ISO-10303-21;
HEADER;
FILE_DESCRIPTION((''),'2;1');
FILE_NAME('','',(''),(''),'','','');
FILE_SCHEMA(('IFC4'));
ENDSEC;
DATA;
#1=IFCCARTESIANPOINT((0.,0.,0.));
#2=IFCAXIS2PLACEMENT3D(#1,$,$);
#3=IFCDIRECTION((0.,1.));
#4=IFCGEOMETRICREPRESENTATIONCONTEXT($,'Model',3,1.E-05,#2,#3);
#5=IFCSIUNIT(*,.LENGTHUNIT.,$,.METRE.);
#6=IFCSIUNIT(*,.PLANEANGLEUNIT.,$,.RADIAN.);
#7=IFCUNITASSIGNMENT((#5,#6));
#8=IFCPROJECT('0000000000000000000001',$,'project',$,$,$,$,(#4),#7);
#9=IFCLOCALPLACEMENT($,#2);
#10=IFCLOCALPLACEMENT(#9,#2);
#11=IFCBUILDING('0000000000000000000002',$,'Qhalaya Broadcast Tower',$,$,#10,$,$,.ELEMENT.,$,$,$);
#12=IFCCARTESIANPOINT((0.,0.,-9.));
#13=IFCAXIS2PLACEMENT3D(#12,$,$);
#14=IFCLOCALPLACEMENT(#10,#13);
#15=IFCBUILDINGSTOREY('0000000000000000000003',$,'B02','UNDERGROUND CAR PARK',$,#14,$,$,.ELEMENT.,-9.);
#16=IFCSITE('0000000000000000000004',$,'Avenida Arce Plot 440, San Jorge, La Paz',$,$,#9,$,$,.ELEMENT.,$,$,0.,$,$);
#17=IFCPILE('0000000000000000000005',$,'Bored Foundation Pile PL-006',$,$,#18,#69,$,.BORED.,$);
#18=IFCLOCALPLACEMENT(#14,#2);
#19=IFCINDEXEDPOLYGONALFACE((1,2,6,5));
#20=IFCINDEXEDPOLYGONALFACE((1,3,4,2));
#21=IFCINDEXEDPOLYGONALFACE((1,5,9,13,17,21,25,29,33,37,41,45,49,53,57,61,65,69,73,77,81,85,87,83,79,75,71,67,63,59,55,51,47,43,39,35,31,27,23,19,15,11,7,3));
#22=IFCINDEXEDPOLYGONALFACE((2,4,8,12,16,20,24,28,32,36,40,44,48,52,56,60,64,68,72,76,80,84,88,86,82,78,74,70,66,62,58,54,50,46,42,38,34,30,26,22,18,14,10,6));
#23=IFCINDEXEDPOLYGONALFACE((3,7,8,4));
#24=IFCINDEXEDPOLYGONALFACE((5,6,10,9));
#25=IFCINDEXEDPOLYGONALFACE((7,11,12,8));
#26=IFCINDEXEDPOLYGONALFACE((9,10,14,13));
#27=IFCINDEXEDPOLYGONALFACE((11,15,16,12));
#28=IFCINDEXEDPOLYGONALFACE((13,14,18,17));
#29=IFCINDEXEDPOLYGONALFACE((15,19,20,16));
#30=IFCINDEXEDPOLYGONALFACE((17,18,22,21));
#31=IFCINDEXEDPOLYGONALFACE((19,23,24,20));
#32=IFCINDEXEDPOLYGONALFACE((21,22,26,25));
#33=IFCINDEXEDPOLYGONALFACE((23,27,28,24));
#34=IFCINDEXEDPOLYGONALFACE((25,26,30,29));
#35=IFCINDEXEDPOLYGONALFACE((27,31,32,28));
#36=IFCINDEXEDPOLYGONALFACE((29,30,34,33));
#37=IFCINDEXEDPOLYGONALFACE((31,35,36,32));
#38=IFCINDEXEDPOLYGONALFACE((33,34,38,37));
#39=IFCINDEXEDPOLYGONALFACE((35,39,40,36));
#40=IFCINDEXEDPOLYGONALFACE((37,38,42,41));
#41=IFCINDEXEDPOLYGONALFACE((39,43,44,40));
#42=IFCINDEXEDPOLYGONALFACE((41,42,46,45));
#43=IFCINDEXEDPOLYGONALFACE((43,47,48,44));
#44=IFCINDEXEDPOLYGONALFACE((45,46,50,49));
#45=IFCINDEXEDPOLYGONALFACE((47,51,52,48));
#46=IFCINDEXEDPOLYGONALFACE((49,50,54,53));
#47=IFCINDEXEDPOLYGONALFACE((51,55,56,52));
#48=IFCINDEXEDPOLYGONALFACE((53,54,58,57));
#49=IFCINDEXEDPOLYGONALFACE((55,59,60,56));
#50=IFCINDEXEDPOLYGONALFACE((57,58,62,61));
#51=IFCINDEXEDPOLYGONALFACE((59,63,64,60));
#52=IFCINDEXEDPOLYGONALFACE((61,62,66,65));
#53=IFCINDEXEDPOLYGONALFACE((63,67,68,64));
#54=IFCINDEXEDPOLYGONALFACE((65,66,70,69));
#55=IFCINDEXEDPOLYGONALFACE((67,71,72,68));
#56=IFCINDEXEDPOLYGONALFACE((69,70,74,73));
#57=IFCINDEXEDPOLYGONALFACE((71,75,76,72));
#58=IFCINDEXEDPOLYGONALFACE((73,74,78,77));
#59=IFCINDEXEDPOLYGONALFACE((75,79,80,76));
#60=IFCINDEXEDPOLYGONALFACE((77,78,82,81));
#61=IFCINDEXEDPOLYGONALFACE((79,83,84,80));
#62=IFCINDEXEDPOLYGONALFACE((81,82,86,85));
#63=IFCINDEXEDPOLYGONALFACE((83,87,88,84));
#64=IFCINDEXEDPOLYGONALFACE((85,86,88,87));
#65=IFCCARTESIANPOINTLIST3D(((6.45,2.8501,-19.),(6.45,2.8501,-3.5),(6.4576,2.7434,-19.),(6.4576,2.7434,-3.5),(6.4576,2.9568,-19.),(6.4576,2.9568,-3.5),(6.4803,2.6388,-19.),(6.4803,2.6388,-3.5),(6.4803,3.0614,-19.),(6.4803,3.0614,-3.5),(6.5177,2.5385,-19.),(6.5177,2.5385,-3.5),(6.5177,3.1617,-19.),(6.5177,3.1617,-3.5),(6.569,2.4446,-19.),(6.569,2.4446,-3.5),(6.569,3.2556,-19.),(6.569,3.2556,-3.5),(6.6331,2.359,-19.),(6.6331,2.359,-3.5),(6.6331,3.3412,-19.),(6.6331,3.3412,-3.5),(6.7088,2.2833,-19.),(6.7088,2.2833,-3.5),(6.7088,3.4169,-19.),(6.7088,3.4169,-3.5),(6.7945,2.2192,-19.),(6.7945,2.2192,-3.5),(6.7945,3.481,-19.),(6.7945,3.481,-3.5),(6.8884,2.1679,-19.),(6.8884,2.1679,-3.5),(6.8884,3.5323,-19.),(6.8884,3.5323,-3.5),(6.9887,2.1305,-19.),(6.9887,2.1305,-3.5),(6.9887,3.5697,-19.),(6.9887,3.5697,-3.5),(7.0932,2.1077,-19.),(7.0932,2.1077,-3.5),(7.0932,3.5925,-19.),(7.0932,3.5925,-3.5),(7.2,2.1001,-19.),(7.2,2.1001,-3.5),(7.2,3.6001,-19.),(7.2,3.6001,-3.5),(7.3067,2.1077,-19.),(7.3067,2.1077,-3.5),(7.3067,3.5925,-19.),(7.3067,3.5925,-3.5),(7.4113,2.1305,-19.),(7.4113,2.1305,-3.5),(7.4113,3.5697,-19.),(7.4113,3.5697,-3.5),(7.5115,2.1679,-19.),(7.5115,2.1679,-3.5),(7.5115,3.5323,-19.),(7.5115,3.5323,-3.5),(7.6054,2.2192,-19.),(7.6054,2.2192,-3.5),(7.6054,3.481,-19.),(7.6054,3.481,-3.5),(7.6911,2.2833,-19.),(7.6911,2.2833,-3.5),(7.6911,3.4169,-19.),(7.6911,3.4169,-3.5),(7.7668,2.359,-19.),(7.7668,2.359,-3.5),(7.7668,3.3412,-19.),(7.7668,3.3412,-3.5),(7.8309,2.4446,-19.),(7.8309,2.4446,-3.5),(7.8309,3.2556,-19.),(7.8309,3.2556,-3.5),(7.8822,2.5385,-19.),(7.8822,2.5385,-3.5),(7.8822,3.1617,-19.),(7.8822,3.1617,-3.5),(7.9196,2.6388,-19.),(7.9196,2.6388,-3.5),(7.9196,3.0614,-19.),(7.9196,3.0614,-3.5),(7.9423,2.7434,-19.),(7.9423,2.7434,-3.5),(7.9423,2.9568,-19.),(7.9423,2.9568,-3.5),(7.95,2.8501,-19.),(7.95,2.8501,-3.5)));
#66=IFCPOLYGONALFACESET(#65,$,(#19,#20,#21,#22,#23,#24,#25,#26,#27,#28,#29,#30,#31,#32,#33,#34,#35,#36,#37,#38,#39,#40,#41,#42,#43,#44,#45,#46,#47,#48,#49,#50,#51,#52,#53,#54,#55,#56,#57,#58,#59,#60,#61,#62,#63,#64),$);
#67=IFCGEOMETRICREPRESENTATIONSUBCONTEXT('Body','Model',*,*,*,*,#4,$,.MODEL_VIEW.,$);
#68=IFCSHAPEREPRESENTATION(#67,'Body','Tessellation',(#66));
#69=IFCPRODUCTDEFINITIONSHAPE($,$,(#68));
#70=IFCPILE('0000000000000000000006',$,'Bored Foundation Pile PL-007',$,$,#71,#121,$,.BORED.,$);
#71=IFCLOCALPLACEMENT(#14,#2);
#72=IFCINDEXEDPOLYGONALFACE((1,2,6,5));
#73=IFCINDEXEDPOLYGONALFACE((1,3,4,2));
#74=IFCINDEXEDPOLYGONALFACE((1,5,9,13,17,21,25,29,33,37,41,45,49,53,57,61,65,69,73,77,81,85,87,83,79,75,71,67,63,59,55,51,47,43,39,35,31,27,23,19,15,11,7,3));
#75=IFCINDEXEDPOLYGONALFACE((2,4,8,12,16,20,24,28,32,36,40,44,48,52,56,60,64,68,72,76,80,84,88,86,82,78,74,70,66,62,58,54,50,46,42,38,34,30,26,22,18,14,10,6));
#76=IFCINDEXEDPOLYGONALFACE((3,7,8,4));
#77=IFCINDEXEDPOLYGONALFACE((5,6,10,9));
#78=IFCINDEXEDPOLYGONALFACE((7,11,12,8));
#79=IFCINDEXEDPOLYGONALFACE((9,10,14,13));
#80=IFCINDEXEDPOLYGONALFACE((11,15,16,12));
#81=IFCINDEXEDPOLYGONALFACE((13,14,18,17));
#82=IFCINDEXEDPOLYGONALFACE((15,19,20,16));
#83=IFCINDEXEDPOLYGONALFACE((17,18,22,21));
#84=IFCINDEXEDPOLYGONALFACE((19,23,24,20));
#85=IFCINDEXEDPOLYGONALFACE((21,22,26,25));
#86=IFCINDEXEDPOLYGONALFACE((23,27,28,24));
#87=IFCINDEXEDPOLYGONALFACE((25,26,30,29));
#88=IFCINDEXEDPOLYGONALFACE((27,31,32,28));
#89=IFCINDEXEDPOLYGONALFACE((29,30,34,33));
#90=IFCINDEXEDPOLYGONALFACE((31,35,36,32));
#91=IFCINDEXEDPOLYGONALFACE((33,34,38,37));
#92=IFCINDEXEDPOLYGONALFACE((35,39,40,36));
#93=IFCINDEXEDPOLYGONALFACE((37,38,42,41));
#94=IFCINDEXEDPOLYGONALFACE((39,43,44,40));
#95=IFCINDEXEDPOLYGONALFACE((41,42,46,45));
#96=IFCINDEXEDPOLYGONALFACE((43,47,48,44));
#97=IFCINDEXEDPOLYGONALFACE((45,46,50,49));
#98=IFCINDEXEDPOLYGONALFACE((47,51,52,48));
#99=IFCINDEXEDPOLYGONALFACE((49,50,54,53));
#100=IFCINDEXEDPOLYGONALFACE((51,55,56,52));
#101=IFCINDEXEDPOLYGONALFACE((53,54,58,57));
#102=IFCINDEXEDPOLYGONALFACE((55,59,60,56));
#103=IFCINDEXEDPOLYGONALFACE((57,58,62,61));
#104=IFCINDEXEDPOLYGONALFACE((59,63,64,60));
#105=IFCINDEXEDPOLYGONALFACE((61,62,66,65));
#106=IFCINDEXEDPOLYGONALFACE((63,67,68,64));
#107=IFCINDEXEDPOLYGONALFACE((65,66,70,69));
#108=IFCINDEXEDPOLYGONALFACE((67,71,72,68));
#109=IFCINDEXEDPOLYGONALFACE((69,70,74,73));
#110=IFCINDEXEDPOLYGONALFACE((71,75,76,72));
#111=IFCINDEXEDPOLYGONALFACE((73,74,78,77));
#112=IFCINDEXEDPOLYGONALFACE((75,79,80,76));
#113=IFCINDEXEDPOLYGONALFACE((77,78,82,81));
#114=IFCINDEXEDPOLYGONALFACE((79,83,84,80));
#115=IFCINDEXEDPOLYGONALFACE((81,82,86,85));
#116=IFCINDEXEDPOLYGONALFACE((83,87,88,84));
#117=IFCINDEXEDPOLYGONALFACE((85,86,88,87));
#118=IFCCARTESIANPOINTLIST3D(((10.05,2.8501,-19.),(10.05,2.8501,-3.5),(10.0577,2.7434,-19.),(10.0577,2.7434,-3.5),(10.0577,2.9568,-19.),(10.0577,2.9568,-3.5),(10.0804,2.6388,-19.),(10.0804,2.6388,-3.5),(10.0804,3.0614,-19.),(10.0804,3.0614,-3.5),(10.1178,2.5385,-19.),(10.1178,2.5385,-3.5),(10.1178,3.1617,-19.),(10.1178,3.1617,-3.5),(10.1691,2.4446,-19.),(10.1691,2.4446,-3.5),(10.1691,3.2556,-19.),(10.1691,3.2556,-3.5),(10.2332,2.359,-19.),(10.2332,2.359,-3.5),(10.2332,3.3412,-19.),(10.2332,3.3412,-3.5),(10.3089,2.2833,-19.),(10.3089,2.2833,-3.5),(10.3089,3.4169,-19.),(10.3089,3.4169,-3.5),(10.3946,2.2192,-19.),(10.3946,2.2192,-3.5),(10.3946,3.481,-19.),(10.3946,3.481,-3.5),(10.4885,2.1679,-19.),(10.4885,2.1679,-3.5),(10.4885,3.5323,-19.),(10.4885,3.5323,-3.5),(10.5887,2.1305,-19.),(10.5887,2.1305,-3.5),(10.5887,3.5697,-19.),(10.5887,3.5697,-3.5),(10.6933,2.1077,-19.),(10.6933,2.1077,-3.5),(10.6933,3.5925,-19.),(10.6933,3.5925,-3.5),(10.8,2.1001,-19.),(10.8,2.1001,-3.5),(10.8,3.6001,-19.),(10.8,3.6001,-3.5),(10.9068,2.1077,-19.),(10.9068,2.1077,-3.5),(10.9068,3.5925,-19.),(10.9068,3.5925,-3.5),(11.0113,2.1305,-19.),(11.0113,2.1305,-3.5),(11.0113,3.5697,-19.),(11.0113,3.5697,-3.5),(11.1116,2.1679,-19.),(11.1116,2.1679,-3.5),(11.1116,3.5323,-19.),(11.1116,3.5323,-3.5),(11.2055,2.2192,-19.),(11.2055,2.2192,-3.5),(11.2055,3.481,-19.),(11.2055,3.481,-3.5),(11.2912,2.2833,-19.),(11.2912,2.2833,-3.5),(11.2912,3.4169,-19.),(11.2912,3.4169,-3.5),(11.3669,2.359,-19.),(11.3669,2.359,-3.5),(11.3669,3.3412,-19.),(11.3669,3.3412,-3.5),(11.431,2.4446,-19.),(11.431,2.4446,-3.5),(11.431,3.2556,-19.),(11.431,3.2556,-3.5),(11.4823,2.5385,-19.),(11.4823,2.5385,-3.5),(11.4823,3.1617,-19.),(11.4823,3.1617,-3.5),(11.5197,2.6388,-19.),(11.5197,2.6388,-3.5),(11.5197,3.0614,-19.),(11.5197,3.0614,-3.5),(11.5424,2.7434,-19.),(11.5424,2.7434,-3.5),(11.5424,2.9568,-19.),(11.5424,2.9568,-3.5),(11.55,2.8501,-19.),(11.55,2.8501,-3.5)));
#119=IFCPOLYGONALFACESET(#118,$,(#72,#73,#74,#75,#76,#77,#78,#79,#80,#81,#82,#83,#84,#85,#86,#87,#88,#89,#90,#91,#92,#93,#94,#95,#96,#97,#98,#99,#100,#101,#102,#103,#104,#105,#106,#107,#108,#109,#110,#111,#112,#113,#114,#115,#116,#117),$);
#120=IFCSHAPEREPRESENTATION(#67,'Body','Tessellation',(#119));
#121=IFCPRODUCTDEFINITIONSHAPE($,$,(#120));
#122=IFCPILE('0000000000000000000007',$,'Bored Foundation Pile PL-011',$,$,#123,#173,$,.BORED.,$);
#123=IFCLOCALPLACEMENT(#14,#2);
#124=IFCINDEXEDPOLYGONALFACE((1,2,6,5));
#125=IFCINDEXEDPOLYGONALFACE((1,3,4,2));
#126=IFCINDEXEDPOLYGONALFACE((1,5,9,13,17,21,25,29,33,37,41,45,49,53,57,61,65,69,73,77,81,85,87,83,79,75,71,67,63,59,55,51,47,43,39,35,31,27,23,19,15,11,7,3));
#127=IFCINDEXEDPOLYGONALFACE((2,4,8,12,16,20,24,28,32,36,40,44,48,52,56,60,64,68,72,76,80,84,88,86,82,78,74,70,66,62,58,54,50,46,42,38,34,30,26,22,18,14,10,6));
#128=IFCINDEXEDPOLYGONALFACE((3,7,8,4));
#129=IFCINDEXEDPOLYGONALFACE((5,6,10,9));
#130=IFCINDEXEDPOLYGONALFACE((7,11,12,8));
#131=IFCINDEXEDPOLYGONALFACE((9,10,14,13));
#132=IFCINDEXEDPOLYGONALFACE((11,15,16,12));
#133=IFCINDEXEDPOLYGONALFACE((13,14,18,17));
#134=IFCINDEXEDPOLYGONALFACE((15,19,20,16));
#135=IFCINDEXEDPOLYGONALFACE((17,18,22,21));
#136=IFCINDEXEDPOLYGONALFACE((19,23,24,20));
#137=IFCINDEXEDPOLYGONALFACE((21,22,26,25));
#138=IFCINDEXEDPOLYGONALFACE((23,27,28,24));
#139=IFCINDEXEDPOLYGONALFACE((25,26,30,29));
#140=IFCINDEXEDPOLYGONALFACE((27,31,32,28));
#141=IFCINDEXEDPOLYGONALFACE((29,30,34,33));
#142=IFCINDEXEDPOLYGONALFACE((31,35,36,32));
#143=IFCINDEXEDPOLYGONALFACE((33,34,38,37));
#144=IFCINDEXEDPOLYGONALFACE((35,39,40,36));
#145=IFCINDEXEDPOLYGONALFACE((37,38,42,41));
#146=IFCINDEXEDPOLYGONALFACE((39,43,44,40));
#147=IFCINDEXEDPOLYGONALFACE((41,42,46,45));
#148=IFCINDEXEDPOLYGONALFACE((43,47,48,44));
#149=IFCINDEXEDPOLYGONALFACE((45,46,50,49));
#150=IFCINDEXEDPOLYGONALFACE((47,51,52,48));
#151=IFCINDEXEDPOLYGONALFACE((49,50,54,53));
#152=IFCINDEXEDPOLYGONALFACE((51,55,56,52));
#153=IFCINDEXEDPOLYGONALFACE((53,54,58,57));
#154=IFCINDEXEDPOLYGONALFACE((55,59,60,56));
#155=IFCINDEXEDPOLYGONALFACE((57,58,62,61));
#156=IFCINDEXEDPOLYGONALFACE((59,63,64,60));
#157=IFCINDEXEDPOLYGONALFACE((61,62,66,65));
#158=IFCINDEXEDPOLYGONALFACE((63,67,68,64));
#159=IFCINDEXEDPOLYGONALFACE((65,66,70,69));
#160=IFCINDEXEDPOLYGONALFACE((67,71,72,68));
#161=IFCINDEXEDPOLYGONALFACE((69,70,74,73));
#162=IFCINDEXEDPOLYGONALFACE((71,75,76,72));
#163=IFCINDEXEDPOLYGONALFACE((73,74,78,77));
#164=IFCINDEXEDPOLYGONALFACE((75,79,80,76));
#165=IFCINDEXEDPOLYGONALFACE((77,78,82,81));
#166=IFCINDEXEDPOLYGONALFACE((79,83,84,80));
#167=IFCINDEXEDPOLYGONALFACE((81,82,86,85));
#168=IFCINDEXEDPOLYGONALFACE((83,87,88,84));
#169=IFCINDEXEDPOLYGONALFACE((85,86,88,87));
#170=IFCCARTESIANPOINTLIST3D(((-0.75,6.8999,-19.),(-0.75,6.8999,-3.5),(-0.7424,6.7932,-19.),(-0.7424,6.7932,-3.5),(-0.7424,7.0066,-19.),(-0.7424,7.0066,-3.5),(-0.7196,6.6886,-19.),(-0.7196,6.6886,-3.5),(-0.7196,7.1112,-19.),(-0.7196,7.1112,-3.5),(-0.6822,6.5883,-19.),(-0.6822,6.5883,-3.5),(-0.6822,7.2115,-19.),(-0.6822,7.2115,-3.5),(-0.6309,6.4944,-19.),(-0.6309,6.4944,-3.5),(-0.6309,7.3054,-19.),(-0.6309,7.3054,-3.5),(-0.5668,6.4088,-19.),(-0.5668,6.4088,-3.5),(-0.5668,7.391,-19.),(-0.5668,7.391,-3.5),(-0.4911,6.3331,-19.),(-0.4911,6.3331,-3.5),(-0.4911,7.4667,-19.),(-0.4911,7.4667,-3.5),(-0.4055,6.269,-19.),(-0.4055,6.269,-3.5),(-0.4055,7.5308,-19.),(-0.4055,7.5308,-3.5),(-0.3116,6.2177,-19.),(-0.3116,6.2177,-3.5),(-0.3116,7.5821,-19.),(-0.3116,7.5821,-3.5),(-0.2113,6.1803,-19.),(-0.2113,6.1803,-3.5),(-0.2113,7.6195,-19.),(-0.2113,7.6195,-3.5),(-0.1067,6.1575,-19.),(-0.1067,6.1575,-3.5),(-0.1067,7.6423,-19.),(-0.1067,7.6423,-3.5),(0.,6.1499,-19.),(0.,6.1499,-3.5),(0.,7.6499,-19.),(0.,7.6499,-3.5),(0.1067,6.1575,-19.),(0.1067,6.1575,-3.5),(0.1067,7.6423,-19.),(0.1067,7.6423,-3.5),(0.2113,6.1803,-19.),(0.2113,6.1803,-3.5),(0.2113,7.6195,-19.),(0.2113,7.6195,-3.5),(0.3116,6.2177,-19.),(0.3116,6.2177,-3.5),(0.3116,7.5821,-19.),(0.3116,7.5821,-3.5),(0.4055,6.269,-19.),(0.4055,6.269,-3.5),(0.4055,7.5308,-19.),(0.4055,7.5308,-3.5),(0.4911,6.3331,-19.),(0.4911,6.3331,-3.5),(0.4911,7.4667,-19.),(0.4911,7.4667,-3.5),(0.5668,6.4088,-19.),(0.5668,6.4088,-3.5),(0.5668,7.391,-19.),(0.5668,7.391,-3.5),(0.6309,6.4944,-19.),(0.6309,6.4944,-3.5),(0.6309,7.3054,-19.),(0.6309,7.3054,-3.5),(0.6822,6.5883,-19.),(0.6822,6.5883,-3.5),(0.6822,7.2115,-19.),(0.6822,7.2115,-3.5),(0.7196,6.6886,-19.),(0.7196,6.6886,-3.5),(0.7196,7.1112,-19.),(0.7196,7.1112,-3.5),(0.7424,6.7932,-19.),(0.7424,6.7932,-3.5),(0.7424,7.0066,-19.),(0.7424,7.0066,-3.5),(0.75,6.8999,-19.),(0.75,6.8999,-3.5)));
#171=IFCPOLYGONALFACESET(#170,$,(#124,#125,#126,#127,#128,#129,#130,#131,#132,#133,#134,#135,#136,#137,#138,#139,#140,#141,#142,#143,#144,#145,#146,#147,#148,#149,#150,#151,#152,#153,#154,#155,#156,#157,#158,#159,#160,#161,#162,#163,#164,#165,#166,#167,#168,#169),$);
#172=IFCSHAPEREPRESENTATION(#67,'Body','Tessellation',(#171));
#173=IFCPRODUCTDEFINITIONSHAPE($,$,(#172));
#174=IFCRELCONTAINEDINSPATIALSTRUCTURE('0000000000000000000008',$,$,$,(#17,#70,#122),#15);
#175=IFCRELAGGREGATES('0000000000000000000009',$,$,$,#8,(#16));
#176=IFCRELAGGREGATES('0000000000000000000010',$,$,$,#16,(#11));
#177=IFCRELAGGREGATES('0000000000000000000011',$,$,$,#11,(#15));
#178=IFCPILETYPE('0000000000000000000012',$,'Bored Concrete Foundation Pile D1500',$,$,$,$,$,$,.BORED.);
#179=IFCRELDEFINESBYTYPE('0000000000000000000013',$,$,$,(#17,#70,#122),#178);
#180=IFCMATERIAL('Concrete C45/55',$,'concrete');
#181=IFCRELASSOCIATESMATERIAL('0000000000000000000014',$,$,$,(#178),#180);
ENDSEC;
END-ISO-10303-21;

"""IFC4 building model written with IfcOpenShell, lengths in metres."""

from ifc_helpers import new_model, si_unit, direction, frame, origin, origin_2d, place, context, subcontext, project, spatial, circle, extrude, material, material_profile, profile_set, type_object, element, save


model = new_model("IFC4")

# Units and contexts
model_context = context("Model", 3, precision=1e-05, world=origin(), true_north=direction((0.0, 1.0)))
body_context = subcontext(model_context, "Body", "Model", "MODEL_VIEW")
ifc_project = project(units=[si_unit("LENGTHUNIT", "METRE"), si_unit("PLANEANGLEUNIT", "RADIAN")], contexts=[model_context])

# Site, building, storey
site_placement = place(None, origin())
site = spatial("IfcSite", under=ifc_project, at=site_placement, Name="Avenida Arce Plot 440, San Jorge, La Paz", CompositionType="ELEMENT", RefElevation=0.0)
building_placement = place(site_placement, origin())
building = spatial("IfcBuilding", under=site, at=building_placement, Name="Qhalaya Broadcast Tower", CompositionType="ELEMENT")
storey_placement = place(building_placement, frame((0.0, 0.0, -9.0)))
storey = spatial("IfcBuildingStorey", under=building, at=storey_placement, Name="B02", Description="UNDERGROUND CAR PARK", CompositionType="ELEMENT", Elevation=-9.0)

# Piles
ifc_material_1 = material(Name="Concrete C45/55", Category="concrete")
ifc_material_profile_1 = material_profile(ifc_material_1, circle(Radius=0.75, at=origin_2d()), Name="PILE D1500")
ifc_profile_set_1 = profile_set([ifc_material_profile_1], Name="Concrete C45/55")
pile_type = type_object("IfcPileType", Name="Bored Concrete Foundation Pile D1500", PredefinedType="BORED", material=ifc_profile_set_1)
for number, where, z_axis, x_axis, name in (
    (1, (7.2, 2.8501, -3.5), (0.0, 0.0, -1.0), (1.0, 0.0, 0.0), "Bored Foundation Pile PL-006"),
    (2, (10.8, 2.8501, -3.5), (0.0, 0.0, -1.0), (1.0, 0.0, 0.0), "Bored Foundation Pile PL-007"),
    (3, (0.0, 6.8999, -3.5), (0.0, 0.0, -1.0), (1.0, 0.0, 0.0), "Bored Foundation Pile PL-011"),
):
    element("IfcPile", number, at=place(storey_placement, frame(where, z_axis=z_axis, x_axis=x_axis)), inside=storey, type_object=pile_type, Name=name, PredefinedType="BORED", context=body_context, shape_type="SweptSolid", body=[
        extrude(circle(Radius=0.75, at=origin_2d()), origin(), (0.0, 0.0, 1.0), 15.5),
    ])

save(model, "model.ifc")
